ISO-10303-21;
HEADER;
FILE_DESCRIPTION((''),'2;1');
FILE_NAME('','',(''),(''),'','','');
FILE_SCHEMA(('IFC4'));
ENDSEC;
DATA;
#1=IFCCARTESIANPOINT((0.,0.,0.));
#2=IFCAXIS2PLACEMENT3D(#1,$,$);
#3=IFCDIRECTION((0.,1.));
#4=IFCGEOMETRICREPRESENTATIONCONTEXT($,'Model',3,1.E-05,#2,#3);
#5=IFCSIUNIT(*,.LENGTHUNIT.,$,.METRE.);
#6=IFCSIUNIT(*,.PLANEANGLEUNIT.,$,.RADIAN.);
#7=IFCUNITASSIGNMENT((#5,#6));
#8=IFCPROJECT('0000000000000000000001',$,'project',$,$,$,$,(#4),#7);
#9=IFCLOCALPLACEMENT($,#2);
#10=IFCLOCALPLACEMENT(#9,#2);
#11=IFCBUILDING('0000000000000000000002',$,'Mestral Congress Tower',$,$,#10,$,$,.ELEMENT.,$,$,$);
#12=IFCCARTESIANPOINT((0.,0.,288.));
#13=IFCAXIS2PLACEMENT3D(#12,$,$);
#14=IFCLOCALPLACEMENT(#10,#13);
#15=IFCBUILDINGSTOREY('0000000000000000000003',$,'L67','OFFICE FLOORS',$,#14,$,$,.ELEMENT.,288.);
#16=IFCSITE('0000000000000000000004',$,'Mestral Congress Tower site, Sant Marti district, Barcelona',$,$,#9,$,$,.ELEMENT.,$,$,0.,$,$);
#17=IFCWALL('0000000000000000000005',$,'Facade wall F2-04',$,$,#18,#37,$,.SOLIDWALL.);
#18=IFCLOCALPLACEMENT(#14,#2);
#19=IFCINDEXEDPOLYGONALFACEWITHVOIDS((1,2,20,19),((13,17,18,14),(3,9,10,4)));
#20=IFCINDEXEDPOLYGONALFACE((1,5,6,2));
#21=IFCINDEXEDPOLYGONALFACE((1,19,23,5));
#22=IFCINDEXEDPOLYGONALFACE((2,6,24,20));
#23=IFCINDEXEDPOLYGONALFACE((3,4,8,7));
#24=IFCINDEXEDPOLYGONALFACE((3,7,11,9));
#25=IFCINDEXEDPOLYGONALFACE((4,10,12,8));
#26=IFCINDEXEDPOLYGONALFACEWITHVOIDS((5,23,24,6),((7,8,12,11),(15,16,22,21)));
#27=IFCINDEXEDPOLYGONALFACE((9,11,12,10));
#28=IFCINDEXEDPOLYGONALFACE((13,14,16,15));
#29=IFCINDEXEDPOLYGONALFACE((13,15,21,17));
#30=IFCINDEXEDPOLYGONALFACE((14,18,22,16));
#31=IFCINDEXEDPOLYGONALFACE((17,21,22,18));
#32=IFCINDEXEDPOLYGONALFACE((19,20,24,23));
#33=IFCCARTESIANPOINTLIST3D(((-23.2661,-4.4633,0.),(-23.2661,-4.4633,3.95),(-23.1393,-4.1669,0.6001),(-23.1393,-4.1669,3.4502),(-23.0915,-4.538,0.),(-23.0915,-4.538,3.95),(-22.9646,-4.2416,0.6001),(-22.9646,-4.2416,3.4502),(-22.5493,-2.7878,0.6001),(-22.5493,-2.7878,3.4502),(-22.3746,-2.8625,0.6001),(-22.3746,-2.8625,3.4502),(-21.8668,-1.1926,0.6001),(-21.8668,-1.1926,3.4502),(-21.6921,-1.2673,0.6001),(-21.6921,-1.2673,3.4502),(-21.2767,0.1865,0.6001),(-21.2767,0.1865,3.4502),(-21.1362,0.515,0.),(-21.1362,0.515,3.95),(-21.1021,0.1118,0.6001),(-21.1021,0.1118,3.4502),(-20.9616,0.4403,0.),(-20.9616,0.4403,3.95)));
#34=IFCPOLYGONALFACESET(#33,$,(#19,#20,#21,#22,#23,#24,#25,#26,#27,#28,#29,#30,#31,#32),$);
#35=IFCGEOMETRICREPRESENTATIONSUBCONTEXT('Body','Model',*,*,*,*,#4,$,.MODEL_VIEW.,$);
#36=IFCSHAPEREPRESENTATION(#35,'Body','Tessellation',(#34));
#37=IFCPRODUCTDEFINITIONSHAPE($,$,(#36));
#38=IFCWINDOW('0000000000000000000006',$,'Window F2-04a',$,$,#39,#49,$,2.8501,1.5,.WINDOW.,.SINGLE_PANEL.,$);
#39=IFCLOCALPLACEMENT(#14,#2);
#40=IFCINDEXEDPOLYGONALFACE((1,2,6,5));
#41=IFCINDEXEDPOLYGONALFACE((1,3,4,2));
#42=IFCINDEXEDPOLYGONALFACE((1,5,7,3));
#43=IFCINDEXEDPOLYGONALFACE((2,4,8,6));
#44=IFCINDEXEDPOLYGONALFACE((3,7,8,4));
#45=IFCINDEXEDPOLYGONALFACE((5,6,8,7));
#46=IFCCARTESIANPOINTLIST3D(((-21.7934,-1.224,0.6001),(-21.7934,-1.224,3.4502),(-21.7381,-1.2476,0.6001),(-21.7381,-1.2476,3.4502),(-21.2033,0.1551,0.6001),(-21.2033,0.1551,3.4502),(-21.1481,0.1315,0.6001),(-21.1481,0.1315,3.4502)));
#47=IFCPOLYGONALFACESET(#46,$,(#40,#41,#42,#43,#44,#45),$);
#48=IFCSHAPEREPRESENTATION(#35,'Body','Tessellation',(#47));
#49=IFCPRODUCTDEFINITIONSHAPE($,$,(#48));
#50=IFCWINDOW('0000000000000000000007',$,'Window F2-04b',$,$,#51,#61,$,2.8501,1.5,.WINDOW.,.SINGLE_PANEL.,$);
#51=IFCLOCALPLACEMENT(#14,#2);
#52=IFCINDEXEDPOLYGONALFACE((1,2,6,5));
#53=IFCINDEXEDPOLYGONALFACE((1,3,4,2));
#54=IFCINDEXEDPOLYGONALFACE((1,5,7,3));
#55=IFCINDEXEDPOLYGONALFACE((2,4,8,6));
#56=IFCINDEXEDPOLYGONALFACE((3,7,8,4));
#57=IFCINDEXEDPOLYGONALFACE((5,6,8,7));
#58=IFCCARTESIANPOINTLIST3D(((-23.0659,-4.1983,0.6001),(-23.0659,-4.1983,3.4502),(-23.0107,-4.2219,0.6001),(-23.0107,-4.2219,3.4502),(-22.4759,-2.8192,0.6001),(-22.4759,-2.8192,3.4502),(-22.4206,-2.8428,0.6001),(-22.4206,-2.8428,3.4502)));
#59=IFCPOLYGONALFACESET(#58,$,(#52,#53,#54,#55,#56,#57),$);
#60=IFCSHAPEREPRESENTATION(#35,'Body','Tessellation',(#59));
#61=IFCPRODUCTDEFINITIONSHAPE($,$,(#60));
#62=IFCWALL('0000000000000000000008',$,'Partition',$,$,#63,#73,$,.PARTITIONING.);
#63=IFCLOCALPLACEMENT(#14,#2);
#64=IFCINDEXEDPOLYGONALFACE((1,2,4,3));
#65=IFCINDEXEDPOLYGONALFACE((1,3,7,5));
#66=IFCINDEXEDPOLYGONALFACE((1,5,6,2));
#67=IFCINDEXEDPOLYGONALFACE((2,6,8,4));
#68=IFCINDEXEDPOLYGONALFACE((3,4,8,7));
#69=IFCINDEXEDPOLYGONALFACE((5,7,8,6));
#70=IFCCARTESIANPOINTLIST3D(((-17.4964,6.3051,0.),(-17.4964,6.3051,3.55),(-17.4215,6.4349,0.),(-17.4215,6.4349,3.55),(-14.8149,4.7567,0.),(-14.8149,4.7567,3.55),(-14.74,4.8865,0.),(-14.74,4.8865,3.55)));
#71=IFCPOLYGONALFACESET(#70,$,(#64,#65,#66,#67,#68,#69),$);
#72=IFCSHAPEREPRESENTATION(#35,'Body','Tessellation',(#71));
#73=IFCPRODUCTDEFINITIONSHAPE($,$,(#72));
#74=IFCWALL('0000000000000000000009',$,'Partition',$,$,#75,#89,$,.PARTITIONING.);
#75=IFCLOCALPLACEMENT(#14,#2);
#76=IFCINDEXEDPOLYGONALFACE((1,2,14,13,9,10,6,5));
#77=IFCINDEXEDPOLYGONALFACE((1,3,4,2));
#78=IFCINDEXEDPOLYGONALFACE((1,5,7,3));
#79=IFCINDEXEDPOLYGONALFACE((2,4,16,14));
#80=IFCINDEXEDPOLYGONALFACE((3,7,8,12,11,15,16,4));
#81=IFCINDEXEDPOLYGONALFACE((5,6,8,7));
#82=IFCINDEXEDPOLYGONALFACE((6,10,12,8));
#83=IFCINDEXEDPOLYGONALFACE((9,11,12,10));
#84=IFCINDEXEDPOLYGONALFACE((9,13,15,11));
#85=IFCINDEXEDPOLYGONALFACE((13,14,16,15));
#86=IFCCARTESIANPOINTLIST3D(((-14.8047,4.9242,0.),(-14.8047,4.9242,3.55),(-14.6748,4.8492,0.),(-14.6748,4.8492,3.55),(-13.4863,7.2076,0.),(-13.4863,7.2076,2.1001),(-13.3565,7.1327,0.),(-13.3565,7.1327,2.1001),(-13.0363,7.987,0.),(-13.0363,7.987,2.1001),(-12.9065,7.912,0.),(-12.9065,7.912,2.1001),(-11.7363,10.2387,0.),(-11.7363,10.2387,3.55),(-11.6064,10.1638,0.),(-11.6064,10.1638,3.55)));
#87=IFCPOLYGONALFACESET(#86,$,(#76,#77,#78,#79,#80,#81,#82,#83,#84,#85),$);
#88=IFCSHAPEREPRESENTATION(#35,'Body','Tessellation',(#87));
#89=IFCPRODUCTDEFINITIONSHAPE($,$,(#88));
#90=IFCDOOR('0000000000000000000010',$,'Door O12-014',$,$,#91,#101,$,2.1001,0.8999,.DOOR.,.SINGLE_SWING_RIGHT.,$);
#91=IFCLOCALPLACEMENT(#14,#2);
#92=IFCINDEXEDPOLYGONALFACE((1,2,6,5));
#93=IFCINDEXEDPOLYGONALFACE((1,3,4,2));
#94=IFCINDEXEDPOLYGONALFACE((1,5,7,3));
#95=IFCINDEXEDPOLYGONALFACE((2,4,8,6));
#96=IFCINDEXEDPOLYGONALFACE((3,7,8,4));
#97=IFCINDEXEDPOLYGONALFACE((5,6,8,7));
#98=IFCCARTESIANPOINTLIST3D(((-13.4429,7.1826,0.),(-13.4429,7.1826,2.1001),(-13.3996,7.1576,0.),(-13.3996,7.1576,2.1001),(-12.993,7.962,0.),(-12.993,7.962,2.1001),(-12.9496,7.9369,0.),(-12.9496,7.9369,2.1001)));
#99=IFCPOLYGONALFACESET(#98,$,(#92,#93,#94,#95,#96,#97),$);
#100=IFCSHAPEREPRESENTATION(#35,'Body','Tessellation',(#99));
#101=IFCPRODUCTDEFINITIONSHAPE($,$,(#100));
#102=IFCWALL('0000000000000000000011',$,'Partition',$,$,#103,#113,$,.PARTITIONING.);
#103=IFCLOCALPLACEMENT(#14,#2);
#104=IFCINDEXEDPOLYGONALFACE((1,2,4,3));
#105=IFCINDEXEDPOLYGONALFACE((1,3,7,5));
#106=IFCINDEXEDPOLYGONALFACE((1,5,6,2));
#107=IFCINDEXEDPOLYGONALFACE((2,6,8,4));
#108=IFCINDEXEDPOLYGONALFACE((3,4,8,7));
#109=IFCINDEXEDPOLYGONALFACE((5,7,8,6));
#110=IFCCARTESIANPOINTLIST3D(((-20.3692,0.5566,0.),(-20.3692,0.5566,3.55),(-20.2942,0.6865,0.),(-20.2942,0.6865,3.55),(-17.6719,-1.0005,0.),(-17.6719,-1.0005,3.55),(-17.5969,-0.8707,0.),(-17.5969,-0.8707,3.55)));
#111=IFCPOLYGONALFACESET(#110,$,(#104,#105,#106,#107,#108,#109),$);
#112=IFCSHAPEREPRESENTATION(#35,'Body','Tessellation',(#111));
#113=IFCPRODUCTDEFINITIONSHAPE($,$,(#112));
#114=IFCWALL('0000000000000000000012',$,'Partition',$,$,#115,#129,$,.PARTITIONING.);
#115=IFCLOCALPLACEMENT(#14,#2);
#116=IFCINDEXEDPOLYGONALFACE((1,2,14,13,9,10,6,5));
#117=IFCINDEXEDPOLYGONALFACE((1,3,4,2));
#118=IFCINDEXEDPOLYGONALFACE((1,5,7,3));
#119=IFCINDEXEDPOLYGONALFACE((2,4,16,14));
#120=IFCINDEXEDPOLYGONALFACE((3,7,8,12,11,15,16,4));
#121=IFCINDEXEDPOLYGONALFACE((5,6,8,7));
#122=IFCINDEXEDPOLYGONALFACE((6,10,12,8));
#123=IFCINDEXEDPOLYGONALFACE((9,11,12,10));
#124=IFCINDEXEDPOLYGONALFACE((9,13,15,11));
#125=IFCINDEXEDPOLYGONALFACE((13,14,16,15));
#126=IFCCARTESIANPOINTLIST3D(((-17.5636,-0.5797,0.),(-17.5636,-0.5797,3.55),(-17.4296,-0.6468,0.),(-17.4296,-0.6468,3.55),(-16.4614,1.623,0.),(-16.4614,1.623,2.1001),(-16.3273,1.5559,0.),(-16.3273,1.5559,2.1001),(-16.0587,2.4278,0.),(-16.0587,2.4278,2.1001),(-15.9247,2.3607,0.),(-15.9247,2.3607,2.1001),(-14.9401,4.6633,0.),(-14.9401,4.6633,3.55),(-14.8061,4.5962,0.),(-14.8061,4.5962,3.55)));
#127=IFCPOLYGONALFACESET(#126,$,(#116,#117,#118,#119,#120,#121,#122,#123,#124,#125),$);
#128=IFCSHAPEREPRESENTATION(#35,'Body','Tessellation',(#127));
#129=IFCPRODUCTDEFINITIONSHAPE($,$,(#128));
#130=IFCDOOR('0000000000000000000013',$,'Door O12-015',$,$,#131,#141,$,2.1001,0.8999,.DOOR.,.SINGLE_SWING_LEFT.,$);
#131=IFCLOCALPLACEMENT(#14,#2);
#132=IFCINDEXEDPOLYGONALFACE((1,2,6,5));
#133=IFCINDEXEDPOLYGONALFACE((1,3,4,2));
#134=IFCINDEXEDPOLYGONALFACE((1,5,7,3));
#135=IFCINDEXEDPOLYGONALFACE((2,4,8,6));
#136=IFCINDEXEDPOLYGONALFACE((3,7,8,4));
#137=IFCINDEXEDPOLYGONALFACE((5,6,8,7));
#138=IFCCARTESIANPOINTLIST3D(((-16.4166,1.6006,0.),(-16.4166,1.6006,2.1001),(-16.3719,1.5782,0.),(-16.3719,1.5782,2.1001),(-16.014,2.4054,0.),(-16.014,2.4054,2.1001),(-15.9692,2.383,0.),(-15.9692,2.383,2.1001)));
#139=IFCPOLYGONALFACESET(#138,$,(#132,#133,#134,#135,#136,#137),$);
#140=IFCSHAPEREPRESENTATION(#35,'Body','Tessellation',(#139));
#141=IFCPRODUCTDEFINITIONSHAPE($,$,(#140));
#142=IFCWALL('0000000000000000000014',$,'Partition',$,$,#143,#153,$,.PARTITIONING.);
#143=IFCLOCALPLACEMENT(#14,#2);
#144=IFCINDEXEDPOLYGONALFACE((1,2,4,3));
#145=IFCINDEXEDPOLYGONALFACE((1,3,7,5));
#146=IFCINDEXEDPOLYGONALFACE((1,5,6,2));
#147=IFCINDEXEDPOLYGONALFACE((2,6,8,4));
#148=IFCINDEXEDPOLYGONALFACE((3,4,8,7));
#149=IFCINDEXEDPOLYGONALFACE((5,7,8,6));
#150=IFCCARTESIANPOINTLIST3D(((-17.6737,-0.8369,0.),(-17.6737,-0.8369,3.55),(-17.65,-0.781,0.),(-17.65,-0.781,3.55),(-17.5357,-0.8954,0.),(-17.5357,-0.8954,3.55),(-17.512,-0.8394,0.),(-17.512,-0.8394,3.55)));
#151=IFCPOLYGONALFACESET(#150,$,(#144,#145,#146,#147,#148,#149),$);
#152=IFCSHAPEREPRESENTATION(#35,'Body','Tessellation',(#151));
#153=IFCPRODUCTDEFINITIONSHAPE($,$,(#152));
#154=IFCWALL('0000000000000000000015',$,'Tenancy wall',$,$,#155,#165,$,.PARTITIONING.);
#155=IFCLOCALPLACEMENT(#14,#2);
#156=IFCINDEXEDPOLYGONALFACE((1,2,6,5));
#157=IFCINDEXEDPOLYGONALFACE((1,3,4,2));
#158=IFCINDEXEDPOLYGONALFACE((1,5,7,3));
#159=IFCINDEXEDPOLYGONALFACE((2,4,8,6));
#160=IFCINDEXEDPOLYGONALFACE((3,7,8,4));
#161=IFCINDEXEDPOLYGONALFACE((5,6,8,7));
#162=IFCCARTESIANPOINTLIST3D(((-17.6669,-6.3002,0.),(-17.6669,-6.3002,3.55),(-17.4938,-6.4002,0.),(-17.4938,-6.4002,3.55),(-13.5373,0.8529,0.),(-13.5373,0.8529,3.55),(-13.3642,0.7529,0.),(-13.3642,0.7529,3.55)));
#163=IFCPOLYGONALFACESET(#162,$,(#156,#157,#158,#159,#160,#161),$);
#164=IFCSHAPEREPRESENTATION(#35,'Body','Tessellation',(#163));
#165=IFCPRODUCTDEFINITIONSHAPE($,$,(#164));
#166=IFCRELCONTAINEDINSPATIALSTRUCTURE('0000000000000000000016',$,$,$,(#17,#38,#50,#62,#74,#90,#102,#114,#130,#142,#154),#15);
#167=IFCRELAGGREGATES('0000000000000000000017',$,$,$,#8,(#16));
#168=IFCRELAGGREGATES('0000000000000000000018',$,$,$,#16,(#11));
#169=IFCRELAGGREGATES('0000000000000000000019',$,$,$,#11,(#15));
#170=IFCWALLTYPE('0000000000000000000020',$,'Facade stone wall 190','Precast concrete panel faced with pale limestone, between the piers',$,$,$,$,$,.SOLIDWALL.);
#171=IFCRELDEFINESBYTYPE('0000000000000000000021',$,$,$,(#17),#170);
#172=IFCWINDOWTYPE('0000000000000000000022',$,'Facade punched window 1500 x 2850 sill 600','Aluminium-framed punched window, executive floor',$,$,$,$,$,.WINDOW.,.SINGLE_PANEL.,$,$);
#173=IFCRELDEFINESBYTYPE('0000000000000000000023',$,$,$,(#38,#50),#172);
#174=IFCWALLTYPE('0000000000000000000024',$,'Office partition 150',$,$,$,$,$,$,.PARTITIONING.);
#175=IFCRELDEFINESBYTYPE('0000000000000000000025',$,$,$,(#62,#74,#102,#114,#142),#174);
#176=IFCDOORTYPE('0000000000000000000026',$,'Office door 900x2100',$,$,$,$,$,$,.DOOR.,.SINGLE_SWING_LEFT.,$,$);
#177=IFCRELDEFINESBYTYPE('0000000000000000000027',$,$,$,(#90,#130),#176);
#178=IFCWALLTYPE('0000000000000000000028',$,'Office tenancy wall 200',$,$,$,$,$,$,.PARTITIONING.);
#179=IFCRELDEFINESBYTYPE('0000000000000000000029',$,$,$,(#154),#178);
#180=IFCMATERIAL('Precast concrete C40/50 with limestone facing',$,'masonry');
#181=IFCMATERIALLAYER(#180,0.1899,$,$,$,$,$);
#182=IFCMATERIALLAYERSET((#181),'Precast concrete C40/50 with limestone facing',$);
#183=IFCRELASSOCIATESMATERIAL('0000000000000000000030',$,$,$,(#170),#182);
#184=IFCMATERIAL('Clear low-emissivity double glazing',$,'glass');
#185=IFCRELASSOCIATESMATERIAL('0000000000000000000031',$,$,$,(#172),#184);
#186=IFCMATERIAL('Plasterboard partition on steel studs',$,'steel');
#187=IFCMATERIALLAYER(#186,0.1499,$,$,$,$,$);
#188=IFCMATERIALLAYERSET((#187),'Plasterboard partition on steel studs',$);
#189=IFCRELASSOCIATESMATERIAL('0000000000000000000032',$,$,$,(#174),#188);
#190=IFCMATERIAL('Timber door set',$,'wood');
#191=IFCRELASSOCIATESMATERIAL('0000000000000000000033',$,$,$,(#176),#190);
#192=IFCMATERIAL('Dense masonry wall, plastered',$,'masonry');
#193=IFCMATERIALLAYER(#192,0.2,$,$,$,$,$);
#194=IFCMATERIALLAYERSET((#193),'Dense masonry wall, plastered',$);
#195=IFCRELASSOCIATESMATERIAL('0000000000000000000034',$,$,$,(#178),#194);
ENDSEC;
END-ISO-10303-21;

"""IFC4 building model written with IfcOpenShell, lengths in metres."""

from ifc_helpers import new_model, si_unit, direction, frame, frame_2d, origin, place, context, subcontext, project, spatial, rectangle, extrude, material, layer, layer_set, type_object, element, fill, save


model = new_model("IFC4")

# Units and contexts
model_context = context("Model", 3, precision=1e-05, world=origin(), true_north=direction((0.0, 1.0)))
body_context = subcontext(model_context, "Body", "Model", "MODEL_VIEW")
ifc_project = project(units=[si_unit("LENGTHUNIT", "METRE"), si_unit("PLANEANGLEUNIT", "RADIAN")], contexts=[model_context])

# Site, building, storey
site_placement = place(None, origin())
site = spatial("IfcSite", under=ifc_project, at=site_placement, Name="Mestral Congress Tower site, Sant Marti district, Barcelona", CompositionType="ELEMENT", RefElevation=0.0)
building_placement = place(site_placement, origin())
building = spatial("IfcBuilding", under=site, at=building_placement, Name="Mestral Congress Tower", CompositionType="ELEMENT")
storey_placement = place(building_placement, frame((0.0, 0.0, 288.0)))
storey = spatial("IfcBuildingStorey", under=building, at=storey_placement, Name="L67", Description="OFFICE FLOORS", CompositionType="ELEMENT", Elevation=288.0)

# Wall, openings, windows
ifc_material_1 = material(Name="Precast concrete C40/50 with limestone facing", Category="masonry")
ifc_layer_1 = layer(ifc_material_1, 0.1899)
ifc_layer_set_1 = layer_set([ifc_layer_1], Name="Precast concrete C40/50 with limestone facing")
wall_type_1 = type_object("IfcWallType", Name="Facade stone wall 190", Description="Precast concrete panel faced with pale limestone, between the piers", PredefinedType="SOLIDWALL", material=ifc_layer_set_1)
ifc_material_2 = material(Name="Clear low-emissivity double glazing", Category="glass")
window_type = type_object("IfcWindowType", Name="Facade punched window 1500 x 2850 sill 600", Description="Aluminium-framed punched window, executive floor", PartitioningType="SINGLE_PANEL", PredefinedType="WINDOW", material=ifc_material_2)
wall_1_placement = place(storey_placement, frame((-21.0488, 0.4778, 0.0), z_axis=(0.0, 0.0, 1.0), x_axis=(-0.393348, -0.91939, 0.0)))
wall_1 = element("IfcWall", 1, at=wall_1_placement, inside=storey, type_object=wall_type_1, Name="Facade wall F2-04", PredefinedType="SOLIDWALL", context=body_context, shape_type="SweptSolid", body=[
    extrude(rectangle(XDim=5.4148, YDim=0.1899, at=frame_2d((2.7075, 0.0))), origin(), (0.0, 0.0, 1.0), 3.95),
])
opening_1_placement = place(wall_1_placement, frame((0.3574, 0.0, 0.6001)))
opening_1 = element("IfcOpeningElement", 2, at=opening_1_placement, cuts=wall_1, PredefinedType="OPENING", context=body_context, shape_type="SweptSolid", body=[
    extrude(rectangle(XDim=1.5, YDim=2.8501, at=frame_2d((0.75, 1.425))), frame((0.0, 0.105, 0.0), z_axis=(0.0, -1.0, 0.0), x_axis=(1.0, 0.0, 0.0)), (0.0, 0.0, 1.0), 0.21),
])
opening_2_placement = place(wall_1_placement, frame((3.5925, 0.0, 0.6001)))
opening_2 = element("IfcOpeningElement", 3, at=opening_2_placement, cuts=wall_1, PredefinedType="OPENING", context=body_context, shape_type="SweptSolid", body=[
    extrude(rectangle(XDim=1.5, YDim=2.8501, at=frame_2d((0.75, 1.425))), frame((0.0, 0.105, 0.0), z_axis=(0.0, -1.0, 0.0), x_axis=(1.0, 0.0, 0.0)), (0.0, 0.0, 1.0), 0.21),
])
window_1_placement = place(opening_1_placement, origin())
window_1 = element("IfcWindow", 4, at=window_1_placement, inside=storey, type_object=window_type, Name="Window F2-04a", OverallHeight=2.8501, OverallWidth=1.5, PartitioningType="SINGLE_PANEL", PredefinedType="WINDOW", context=body_context, shape_type="SweptSolid", body=[
    extrude(rectangle(XDim=1.5, YDim=2.8501, at=frame_2d((0.75, 1.425))), frame((0.0, 0.0449, 0.0), z_axis=(0.0, -1.0, 0.0), x_axis=(1.0, 0.0, 0.0)), (0.0, 0.0, 1.0), 0.0601),
])
fill(opening_1, window_1)
window_2_placement = place(opening_2_placement, origin())
window_2 = element("IfcWindow", 5, at=window_2_placement, inside=storey, type_object=window_type, Name="Window F2-04b", OverallHeight=2.8501, OverallWidth=1.5, PartitioningType="SINGLE_PANEL", PredefinedType="WINDOW", context=body_context, shape_type="SweptSolid", body=[
    extrude(rectangle(XDim=1.5, YDim=2.8501, at=frame_2d((0.75, 1.425))), frame((0.0, 0.0449, 0.0), z_axis=(0.0, -1.0, 0.0), x_axis=(1.0, 0.0, 0.0)), (0.0, 0.0, 1.0), 0.0601),
])
fill(opening_2, window_2)

# Wall
ifc_material_3 = material(Name="Plasterboard partition on steel studs", Category="steel")
ifc_layer_2 = layer(ifc_material_3, 0.1499)
ifc_layer_set_2 = layer_set([ifc_layer_2], Name="Plasterboard partition on steel studs")
wall_type_2 = type_object("IfcWallType", Name="Office partition 150", PredefinedType="PARTITIONING", material=ifc_layer_set_2)
wall_2_placement = place(storey_placement, frame((-14.7773, 4.8215, 0.0), z_axis=(0.0, 0.0, 1.0), x_axis=(-0.865993, 0.500057, 0.0)))
element("IfcWall", 6, at=wall_2_placement, inside=storey, type_object=wall_type_2, Name="Partition", PredefinedType="PARTITIONING", context=body_context, shape_type="SweptSolid", body=[
    extrude(rectangle(XDim=3.0964, YDim=0.1499, at=frame_2d((1.5483, 0.0))), origin(), (0.0, 0.0, 1.0), 3.55),
])

# Wall, opening, door
wall_3_placement = place(storey_placement, frame((-14.7397, 4.8867, 0.0), z_axis=(0.0, 0.0, 1.0), x_axis=(0.500007, 0.866021, 0.0)))
wall_3 = element("IfcWall", 7, at=wall_3_placement, inside=storey, type_object=wall_type_2, Name="Partition", PredefinedType="PARTITIONING", context=body_context, shape_type="SweptSolid", body=[
    extrude(rectangle(XDim=6.1367, YDim=0.1499, at=frame_2d((3.0684, 0.0))), origin(), (0.0, 0.0, 1.0), 3.55),
])
opening_3_placement = place(wall_3_placement, frame((2.6367, 0.0, 0.0)))
opening_3 = element("IfcOpeningElement", 8, at=opening_3_placement, cuts=wall_3, PredefinedType="OPENING", context=body_context, shape_type="SweptSolid", body=[
    extrude(rectangle(XDim=0.8999, YDim=2.1001, at=frame_2d((0.45, 1.05))), frame((0.0, 0.085, 0.0), z_axis=(0.0, -1.0, 0.0), x_axis=(1.0, 0.0, 0.0)), (0.0, 0.0, 1.0), 0.1699),
])
ifc_material_4 = material(Name="Timber door set", Category="wood")
door_type_1 = type_object("IfcDoorType", Name="Office door 900x2100", OperationType="SINGLE_SWING_LEFT", PredefinedType="DOOR", material=ifc_material_4)
door_1_placement = place(opening_3_placement, origin())
door_1 = element("IfcDoor", 9, at=door_1_placement, inside=storey, type_object=door_type_1, Name="Door O12-014", OperationType="SINGLE_SWING_RIGHT", OverallHeight=2.1001, OverallWidth=0.8999, PredefinedType="DOOR", context=body_context, shape_type="SweptSolid", body=[
    extrude(rectangle(XDim=0.8999, YDim=2.1001, at=frame_2d((0.45, 1.05))), frame((0.0, 0.0249, 0.0), z_axis=(0.0, -1.0, 0.0), x_axis=(1.0, 0.0, 0.0)), (0.0, 0.0, 1.0), 0.05),
])
fill(opening_3, door_1)

# Wall
wall_4_placement = place(storey_placement, frame((-17.6345, -0.9355, 0.0), z_axis=(0.0, 0.0, 1.0), x_axis=(-0.866045, 0.499967, 0.0)))
element("IfcWall", 10, at=wall_4_placement, inside=storey, type_object=wall_type_2, Name="Partition", PredefinedType="PARTITIONING", context=body_context, shape_type="SweptSolid", body=[
    extrude(rectangle(XDim=3.1145, YDim=0.1499, at=frame_2d((1.5571, 0.0))), origin(), (0.0, 0.0, 1.0), 3.55),
])

# Wall, opening, door
wall_5_placement = place(storey_placement, frame((-17.4966, -0.6133, 0.0), z_axis=(0.0, 0.0, 1.0), x_axis=(0.44748, 0.894294, 0.0)))
wall_5 = element("IfcWall", 11, at=wall_5_placement, inside=storey, type_object=wall_type_2, Name="Partition", PredefinedType="PARTITIONING", context=body_context, shape_type="SweptSolid", body=[
    extrude(rectangle(XDim=5.8628, YDim=0.1499, at=frame_2d((2.9314, 0.0))), origin(), (0.0, 0.0, 1.0), 3.55),
])
opening_4_placement = place(wall_5_placement, frame((2.4631, 0.0, 0.0)))
opening_4 = element("IfcOpeningElement", 12, at=opening_4_placement, cuts=wall_5, PredefinedType="OPENING", context=body_context, shape_type="SweptSolid", body=[
    extrude(rectangle(XDim=0.8999, YDim=2.1001, at=frame_2d((0.45, 1.05))), frame((0.0, 0.085, 0.0), z_axis=(0.0, -1.0, 0.0), x_axis=(1.0, 0.0, 0.0)), (0.0, 0.0, 1.0), 0.1699),
])
door_2_placement = place(opening_4_placement, origin())
door_2 = element("IfcDoor", 13, at=door_2_placement, inside=storey, type_object=door_type_1, Name="Door O12-015", OperationType="SINGLE_SWING_LEFT", OverallHeight=2.1001, OverallWidth=0.8999, PredefinedType="DOOR", context=body_context, shape_type="SweptSolid", body=[
    extrude(rectangle(XDim=0.8999, YDim=2.1001, at=frame_2d((0.45, 1.05))), frame((0.0, 0.0249, 0.0), z_axis=(0.0, -1.0, 0.0), x_axis=(1.0, 0.0, 0.0)), (0.0, 0.0, 1.0), 0.05),
])
fill(opening_4, door_2)

# Walls
wall_6_placement = place(storey_placement, frame((-17.5811, -0.8103, 0.0), z_axis=(0.0, 0.0, 1.0), x_axis=(-0.390033, -0.920801, 0.0)))
element("IfcWall", 14, at=wall_6_placement, inside=storey, type_object=wall_type_2, Name="Partition", PredefinedType="PARTITIONING", context=body_context, shape_type="SweptSolid", body=[
    extrude(rectangle(XDim=0.0608, YDim=0.1499, at=frame_2d((0.0303, 0.0))), origin(), (0.0, 0.0, 1.0), 3.55),
])
ifc_material_5 = material(Name="Dense masonry wall, plastered", Category="masonry")
ifc_layer_3 = layer(ifc_material_5, 0.2)
ifc_layer_set_3 = layer_set([ifc_layer_3], Name="Dense masonry wall, plastered")
wall_type_3 = type_object("IfcWallType", Name="Office tenancy wall 200", PredefinedType="PARTITIONING", material=ifc_layer_set_3)
wall_7_placement = place(storey_placement, frame((-13.4507, 0.803, 0.0), z_axis=(0.0, 0.0, 1.0), x_axis=(-0.499983, -0.866035, 0.0)))
element("IfcWall", 15, at=wall_7_placement, inside=storey, type_object=wall_type_3, Name="Tenancy wall", PredefinedType="PARTITIONING", context=body_context, shape_type="SweptSolid", body=[
    extrude(rectangle(XDim=8.2595, YDim=0.2, at=frame_2d((4.1299, 0.0))), origin(), (0.0, 0.0, 1.0), 3.55),
])

save(model, "model.ifc")
